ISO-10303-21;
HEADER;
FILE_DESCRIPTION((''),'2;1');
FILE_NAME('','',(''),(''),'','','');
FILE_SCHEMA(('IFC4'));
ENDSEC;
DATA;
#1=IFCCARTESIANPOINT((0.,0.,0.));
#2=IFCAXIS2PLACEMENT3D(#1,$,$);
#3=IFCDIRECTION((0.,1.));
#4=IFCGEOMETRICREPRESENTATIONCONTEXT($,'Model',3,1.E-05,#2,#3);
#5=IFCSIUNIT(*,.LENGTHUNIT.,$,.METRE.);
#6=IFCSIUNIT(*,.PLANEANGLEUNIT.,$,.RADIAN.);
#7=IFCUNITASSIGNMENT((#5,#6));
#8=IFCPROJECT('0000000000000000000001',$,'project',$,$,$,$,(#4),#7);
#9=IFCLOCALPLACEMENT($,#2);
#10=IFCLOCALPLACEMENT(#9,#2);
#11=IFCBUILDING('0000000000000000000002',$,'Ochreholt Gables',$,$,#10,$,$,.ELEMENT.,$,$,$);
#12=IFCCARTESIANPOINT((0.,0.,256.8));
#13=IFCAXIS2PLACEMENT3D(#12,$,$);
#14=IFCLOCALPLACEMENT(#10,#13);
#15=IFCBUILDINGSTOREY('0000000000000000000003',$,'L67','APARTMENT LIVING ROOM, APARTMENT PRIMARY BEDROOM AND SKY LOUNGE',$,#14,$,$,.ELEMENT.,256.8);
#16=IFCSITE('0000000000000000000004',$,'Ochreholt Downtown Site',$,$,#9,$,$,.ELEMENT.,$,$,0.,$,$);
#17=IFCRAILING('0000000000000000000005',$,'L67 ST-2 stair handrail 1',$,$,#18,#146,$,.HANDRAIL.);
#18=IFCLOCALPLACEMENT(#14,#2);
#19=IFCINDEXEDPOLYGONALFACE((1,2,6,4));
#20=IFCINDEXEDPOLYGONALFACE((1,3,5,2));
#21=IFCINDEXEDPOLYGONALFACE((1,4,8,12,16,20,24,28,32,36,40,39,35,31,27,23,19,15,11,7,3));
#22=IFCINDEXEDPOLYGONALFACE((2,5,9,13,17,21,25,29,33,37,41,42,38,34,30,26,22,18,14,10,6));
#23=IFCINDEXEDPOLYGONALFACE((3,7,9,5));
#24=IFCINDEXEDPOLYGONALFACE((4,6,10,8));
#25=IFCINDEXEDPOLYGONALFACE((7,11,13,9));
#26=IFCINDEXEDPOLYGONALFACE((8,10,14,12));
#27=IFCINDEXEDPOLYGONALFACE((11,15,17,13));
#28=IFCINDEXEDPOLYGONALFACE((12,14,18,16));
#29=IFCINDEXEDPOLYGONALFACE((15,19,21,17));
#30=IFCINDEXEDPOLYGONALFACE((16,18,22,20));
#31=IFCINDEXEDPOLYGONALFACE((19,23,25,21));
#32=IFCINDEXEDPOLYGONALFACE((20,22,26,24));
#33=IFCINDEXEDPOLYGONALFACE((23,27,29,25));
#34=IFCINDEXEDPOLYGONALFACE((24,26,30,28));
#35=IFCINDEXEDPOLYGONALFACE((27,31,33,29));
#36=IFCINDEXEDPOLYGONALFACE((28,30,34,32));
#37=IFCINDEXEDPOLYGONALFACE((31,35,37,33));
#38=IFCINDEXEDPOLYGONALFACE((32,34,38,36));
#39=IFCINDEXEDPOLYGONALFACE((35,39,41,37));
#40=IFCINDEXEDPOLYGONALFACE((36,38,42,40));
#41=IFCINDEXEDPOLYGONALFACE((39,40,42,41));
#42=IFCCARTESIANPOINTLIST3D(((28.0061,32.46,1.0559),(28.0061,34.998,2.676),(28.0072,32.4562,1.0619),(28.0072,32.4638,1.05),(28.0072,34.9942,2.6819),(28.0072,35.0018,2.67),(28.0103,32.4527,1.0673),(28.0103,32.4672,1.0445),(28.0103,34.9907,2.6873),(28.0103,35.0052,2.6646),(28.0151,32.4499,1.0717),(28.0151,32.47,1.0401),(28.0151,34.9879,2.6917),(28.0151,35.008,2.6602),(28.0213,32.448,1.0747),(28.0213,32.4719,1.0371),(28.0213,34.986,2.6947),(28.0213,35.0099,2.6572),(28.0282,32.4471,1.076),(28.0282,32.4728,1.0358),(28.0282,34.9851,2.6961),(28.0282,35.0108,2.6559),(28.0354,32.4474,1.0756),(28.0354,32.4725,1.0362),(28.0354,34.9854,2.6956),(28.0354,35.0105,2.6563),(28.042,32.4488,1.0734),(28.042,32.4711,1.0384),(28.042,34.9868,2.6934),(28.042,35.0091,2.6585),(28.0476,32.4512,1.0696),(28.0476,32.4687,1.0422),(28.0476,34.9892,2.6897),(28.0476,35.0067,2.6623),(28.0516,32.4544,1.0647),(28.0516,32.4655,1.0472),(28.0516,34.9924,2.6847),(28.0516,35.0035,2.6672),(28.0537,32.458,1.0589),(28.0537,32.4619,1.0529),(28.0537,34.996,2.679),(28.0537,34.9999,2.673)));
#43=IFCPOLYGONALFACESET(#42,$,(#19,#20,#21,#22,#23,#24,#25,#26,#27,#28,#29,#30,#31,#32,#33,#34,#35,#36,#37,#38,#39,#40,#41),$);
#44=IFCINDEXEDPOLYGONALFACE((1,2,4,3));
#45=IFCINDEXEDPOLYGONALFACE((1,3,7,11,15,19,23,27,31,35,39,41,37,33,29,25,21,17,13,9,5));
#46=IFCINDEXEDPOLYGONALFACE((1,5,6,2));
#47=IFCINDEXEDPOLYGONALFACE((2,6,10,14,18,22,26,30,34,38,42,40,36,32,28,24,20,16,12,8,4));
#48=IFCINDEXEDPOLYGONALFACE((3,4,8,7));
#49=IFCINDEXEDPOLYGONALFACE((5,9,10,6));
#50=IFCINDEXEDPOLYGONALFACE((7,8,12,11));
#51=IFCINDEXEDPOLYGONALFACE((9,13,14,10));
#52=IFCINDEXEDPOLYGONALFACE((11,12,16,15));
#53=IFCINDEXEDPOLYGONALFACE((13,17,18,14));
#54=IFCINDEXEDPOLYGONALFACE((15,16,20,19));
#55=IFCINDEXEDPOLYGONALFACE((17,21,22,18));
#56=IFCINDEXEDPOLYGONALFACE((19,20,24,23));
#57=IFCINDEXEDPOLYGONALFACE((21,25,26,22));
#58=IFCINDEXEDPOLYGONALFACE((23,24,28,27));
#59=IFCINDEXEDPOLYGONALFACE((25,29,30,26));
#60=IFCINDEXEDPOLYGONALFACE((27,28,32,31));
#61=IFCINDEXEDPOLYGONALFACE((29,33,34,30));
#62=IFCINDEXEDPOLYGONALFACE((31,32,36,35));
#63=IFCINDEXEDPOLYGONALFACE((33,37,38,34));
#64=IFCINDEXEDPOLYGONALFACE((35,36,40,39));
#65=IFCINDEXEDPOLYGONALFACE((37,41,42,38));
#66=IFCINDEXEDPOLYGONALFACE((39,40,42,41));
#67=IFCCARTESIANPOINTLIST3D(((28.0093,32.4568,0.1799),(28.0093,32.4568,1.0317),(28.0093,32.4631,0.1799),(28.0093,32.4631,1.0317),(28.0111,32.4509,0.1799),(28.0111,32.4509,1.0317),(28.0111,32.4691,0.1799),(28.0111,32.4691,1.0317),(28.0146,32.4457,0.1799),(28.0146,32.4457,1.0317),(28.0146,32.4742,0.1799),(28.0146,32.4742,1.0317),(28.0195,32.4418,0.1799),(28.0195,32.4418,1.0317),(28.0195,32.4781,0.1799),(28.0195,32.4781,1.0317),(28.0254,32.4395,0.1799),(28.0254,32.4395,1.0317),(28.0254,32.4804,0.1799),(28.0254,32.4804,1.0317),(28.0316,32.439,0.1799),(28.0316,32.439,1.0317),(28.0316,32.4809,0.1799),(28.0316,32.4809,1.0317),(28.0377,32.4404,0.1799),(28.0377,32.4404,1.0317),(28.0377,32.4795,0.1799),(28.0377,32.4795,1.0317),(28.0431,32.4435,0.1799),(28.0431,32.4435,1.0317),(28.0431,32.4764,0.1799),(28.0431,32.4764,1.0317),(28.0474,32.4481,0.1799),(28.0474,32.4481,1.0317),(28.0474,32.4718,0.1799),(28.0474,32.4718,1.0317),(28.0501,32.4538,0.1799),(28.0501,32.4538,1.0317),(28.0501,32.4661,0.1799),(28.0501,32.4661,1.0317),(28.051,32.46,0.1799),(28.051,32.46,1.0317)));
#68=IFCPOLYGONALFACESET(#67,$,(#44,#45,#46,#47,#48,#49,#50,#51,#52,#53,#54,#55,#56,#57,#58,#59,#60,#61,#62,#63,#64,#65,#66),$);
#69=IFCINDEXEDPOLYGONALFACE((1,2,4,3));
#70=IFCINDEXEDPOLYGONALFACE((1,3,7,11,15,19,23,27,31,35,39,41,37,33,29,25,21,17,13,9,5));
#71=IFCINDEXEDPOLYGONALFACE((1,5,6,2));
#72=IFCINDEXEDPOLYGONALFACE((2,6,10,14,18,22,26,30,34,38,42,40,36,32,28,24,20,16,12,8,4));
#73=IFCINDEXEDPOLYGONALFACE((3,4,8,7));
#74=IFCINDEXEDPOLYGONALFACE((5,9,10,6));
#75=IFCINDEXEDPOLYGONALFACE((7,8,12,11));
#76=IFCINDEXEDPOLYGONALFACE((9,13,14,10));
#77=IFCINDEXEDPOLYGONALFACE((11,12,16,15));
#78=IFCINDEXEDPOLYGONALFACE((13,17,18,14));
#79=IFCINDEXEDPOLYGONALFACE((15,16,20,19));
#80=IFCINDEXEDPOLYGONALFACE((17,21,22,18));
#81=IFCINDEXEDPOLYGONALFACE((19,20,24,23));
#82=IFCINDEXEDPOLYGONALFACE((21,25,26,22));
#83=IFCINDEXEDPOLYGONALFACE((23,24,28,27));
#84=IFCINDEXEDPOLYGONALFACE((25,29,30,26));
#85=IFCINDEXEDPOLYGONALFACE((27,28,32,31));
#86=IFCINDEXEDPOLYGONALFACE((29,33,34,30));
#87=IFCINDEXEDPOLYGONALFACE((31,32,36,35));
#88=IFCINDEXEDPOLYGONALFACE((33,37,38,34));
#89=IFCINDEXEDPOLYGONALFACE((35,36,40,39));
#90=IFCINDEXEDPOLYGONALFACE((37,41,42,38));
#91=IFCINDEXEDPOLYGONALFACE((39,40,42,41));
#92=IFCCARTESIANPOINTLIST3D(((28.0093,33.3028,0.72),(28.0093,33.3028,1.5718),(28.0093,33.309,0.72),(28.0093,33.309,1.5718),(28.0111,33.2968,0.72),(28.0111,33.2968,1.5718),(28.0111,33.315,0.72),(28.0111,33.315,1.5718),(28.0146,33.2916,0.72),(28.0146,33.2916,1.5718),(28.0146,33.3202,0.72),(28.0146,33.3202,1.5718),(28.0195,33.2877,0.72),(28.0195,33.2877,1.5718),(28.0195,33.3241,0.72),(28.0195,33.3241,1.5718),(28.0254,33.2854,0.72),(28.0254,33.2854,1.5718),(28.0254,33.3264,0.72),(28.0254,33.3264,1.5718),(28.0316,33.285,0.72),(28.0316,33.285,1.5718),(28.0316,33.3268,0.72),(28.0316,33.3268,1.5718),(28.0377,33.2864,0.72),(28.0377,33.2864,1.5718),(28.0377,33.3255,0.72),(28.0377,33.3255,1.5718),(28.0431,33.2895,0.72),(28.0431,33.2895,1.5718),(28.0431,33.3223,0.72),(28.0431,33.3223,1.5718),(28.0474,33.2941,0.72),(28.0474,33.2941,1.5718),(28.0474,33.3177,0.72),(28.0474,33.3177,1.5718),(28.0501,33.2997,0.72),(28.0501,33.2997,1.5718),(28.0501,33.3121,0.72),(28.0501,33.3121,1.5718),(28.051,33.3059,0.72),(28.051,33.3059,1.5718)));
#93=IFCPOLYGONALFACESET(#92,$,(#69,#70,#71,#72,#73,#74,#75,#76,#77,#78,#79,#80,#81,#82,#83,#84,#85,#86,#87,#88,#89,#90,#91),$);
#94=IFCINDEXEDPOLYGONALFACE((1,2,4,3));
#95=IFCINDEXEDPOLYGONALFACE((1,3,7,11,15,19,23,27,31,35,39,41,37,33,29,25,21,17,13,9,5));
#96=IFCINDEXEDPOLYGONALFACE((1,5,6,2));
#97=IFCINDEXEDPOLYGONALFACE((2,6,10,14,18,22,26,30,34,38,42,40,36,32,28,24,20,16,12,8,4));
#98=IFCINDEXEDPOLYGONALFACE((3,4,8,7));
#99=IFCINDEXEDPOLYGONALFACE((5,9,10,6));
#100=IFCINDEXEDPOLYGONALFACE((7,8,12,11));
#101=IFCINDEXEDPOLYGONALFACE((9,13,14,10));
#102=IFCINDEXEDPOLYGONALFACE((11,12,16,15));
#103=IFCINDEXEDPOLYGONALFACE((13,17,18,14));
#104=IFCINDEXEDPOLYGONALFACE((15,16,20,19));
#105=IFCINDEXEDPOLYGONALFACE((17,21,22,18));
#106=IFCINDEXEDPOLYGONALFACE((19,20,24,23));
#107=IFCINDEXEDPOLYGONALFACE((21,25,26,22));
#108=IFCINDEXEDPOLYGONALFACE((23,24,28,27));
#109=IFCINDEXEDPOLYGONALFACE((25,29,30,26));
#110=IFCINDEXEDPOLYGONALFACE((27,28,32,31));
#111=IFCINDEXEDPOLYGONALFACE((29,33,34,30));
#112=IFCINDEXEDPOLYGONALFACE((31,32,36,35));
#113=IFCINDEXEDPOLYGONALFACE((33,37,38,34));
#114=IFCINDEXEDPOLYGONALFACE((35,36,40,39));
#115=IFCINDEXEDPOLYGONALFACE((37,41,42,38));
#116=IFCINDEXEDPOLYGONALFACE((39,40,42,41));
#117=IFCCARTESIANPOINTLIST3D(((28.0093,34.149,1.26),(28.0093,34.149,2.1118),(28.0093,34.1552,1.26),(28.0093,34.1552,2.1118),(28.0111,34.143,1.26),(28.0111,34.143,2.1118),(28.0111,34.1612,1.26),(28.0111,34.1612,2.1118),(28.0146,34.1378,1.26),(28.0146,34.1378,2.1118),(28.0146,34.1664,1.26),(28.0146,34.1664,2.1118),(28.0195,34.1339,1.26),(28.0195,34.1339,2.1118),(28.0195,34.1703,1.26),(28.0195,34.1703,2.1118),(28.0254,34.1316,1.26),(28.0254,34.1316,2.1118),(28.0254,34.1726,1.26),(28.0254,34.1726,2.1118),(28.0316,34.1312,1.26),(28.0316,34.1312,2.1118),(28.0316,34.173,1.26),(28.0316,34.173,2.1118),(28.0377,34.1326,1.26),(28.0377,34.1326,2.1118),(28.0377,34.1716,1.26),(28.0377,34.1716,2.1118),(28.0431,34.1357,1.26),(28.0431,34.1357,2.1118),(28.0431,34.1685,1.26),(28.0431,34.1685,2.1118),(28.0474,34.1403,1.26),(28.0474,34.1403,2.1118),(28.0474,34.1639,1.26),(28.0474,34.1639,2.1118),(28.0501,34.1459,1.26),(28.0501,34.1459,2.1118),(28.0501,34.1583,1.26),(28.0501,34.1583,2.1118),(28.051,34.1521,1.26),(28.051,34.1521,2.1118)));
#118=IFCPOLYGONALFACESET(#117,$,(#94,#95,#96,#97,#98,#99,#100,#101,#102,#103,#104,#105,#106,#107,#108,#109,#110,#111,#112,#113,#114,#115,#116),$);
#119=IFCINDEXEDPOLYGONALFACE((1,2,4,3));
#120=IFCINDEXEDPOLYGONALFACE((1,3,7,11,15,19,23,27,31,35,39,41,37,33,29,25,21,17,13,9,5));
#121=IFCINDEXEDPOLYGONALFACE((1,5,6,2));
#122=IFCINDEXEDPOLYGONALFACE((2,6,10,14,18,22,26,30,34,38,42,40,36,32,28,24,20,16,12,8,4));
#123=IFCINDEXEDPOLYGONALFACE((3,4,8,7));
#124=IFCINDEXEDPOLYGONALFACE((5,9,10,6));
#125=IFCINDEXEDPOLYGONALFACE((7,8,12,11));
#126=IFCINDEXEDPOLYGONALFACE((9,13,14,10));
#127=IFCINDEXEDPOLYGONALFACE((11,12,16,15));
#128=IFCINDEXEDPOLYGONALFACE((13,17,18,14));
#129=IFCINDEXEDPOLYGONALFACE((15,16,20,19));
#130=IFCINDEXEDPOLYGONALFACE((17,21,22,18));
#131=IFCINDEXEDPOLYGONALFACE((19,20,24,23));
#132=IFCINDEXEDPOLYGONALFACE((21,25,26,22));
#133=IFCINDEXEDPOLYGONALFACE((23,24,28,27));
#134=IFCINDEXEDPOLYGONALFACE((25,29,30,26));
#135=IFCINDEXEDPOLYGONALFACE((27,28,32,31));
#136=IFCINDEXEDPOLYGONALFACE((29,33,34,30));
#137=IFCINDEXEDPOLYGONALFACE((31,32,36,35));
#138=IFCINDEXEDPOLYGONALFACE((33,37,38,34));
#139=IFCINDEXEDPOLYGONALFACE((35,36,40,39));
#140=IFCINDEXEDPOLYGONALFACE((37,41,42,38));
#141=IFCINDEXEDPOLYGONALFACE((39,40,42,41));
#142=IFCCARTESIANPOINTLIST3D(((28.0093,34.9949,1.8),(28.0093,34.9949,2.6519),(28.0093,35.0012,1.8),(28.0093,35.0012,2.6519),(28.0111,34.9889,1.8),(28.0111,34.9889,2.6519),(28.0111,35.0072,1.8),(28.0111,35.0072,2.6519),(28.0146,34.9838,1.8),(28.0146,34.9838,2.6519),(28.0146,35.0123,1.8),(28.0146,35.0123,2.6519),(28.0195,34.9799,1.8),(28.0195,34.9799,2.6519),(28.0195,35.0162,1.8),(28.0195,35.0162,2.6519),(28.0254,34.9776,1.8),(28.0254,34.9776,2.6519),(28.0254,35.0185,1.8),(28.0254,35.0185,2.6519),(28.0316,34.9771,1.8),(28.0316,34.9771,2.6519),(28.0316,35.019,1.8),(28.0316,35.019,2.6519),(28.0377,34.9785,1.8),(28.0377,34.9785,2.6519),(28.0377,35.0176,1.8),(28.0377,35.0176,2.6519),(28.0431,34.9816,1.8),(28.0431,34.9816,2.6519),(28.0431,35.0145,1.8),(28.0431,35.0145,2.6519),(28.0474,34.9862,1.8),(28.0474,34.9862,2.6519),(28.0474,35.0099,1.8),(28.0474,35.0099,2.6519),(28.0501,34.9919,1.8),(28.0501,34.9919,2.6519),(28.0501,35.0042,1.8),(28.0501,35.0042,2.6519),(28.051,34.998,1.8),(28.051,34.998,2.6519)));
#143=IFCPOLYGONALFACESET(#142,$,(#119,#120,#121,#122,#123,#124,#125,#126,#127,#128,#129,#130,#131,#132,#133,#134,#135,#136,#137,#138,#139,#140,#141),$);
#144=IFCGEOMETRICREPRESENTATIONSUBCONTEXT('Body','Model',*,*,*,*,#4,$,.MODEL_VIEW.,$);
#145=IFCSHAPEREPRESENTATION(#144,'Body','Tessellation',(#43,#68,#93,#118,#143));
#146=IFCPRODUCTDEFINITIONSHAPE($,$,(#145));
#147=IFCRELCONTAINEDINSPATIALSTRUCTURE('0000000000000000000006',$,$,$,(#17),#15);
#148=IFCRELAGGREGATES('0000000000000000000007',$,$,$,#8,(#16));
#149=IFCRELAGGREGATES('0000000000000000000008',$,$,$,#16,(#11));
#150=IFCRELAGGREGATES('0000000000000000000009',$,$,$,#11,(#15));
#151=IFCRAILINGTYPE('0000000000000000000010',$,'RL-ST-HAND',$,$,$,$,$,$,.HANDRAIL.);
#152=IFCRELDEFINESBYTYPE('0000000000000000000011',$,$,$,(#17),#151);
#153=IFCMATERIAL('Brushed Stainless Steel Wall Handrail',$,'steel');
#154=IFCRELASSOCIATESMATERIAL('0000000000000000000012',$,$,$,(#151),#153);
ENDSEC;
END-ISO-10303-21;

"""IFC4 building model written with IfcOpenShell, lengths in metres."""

from ifc_helpers import new_model, si_unit, direction, frame, origin, origin_2d, place, context, subcontext, project, spatial, circle, extrude, material, type_object, element, save


model = new_model("IFC4")

# Units and contexts
model_context = context("Model", 3, precision=1e-05, world=origin(), true_north=direction((0.0, 1.0)))
body_context = subcontext(model_context, "Body", "Model", "MODEL_VIEW")
ifc_project = project(units=[si_unit("LENGTHUNIT", "METRE"), si_unit("PLANEANGLEUNIT", "RADIAN")], contexts=[model_context])

# Site, building, storey
site_placement = place(None, origin())
site = spatial("IfcSite", under=ifc_project, at=site_placement, Name="Ochreholt Downtown Site", CompositionType="ELEMENT", RefElevation=0.0)
building_placement = place(site_placement, origin())
building = spatial("IfcBuilding", under=site, at=building_placement, Name="Ochreholt Gables", CompositionType="ELEMENT")
storey_placement = place(building_placement, frame((0.0, 0.0, 256.8)))
storey = spatial("IfcBuildingStorey", under=building, at=storey_placement, Name="L67", Description="APARTMENT LIVING ROOM, APARTMENT PRIMARY BEDROOM AND SKY LOUNGE", CompositionType="ELEMENT", Elevation=256.8)

# Railing
ifc_material_1 = material(Name="Brushed Stainless Steel Wall Handrail", Category="steel")
railing_type_1 = type_object("IfcRailingType", Name="RL-ST-HAND", PredefinedType="HANDRAIL", material=ifc_material_1)
railing_1_placement = place(storey_placement, frame((28.03, 32.46, 0.1799)))
element("IfcRailing", 1, at=railing_1_placement, inside=storey, type_object=railing_type_1, Name="L67 ST-2 stair handrail 1", PredefinedType="HANDRAIL", context=body_context, shape_type="SweptSolid", body=[
    extrude(circle(Radius=0.0239, at=origin_2d()), frame((0.0, 0.0, 0.876), z_axis=(0.0, 0.842913, 0.53805), x_axis=(-1.0, 0.0, 0.0)), (0.0, 0.0, 1.0), 3.011),
    extrude(circle(Radius=0.021, at=origin_2d()), origin(), (0.0, 0.0, 1.0), 0.8518),
    extrude(circle(Radius=0.021, at=origin_2d()), frame((0.0, 0.8459, 0.54)), (0.0, 0.0, 1.0), 0.8518),
    extrude(circle(Radius=0.021, at=origin_2d()), frame((0.0, 1.6921, 1.0801)), (0.0, 0.0, 1.0), 0.8518),
    extrude(circle(Radius=0.021, at=origin_2d()), frame((0.0, 2.5381, 1.6201)), (0.0, 0.0, 1.0), 0.8518),
])

save(model, "model.ifc")
